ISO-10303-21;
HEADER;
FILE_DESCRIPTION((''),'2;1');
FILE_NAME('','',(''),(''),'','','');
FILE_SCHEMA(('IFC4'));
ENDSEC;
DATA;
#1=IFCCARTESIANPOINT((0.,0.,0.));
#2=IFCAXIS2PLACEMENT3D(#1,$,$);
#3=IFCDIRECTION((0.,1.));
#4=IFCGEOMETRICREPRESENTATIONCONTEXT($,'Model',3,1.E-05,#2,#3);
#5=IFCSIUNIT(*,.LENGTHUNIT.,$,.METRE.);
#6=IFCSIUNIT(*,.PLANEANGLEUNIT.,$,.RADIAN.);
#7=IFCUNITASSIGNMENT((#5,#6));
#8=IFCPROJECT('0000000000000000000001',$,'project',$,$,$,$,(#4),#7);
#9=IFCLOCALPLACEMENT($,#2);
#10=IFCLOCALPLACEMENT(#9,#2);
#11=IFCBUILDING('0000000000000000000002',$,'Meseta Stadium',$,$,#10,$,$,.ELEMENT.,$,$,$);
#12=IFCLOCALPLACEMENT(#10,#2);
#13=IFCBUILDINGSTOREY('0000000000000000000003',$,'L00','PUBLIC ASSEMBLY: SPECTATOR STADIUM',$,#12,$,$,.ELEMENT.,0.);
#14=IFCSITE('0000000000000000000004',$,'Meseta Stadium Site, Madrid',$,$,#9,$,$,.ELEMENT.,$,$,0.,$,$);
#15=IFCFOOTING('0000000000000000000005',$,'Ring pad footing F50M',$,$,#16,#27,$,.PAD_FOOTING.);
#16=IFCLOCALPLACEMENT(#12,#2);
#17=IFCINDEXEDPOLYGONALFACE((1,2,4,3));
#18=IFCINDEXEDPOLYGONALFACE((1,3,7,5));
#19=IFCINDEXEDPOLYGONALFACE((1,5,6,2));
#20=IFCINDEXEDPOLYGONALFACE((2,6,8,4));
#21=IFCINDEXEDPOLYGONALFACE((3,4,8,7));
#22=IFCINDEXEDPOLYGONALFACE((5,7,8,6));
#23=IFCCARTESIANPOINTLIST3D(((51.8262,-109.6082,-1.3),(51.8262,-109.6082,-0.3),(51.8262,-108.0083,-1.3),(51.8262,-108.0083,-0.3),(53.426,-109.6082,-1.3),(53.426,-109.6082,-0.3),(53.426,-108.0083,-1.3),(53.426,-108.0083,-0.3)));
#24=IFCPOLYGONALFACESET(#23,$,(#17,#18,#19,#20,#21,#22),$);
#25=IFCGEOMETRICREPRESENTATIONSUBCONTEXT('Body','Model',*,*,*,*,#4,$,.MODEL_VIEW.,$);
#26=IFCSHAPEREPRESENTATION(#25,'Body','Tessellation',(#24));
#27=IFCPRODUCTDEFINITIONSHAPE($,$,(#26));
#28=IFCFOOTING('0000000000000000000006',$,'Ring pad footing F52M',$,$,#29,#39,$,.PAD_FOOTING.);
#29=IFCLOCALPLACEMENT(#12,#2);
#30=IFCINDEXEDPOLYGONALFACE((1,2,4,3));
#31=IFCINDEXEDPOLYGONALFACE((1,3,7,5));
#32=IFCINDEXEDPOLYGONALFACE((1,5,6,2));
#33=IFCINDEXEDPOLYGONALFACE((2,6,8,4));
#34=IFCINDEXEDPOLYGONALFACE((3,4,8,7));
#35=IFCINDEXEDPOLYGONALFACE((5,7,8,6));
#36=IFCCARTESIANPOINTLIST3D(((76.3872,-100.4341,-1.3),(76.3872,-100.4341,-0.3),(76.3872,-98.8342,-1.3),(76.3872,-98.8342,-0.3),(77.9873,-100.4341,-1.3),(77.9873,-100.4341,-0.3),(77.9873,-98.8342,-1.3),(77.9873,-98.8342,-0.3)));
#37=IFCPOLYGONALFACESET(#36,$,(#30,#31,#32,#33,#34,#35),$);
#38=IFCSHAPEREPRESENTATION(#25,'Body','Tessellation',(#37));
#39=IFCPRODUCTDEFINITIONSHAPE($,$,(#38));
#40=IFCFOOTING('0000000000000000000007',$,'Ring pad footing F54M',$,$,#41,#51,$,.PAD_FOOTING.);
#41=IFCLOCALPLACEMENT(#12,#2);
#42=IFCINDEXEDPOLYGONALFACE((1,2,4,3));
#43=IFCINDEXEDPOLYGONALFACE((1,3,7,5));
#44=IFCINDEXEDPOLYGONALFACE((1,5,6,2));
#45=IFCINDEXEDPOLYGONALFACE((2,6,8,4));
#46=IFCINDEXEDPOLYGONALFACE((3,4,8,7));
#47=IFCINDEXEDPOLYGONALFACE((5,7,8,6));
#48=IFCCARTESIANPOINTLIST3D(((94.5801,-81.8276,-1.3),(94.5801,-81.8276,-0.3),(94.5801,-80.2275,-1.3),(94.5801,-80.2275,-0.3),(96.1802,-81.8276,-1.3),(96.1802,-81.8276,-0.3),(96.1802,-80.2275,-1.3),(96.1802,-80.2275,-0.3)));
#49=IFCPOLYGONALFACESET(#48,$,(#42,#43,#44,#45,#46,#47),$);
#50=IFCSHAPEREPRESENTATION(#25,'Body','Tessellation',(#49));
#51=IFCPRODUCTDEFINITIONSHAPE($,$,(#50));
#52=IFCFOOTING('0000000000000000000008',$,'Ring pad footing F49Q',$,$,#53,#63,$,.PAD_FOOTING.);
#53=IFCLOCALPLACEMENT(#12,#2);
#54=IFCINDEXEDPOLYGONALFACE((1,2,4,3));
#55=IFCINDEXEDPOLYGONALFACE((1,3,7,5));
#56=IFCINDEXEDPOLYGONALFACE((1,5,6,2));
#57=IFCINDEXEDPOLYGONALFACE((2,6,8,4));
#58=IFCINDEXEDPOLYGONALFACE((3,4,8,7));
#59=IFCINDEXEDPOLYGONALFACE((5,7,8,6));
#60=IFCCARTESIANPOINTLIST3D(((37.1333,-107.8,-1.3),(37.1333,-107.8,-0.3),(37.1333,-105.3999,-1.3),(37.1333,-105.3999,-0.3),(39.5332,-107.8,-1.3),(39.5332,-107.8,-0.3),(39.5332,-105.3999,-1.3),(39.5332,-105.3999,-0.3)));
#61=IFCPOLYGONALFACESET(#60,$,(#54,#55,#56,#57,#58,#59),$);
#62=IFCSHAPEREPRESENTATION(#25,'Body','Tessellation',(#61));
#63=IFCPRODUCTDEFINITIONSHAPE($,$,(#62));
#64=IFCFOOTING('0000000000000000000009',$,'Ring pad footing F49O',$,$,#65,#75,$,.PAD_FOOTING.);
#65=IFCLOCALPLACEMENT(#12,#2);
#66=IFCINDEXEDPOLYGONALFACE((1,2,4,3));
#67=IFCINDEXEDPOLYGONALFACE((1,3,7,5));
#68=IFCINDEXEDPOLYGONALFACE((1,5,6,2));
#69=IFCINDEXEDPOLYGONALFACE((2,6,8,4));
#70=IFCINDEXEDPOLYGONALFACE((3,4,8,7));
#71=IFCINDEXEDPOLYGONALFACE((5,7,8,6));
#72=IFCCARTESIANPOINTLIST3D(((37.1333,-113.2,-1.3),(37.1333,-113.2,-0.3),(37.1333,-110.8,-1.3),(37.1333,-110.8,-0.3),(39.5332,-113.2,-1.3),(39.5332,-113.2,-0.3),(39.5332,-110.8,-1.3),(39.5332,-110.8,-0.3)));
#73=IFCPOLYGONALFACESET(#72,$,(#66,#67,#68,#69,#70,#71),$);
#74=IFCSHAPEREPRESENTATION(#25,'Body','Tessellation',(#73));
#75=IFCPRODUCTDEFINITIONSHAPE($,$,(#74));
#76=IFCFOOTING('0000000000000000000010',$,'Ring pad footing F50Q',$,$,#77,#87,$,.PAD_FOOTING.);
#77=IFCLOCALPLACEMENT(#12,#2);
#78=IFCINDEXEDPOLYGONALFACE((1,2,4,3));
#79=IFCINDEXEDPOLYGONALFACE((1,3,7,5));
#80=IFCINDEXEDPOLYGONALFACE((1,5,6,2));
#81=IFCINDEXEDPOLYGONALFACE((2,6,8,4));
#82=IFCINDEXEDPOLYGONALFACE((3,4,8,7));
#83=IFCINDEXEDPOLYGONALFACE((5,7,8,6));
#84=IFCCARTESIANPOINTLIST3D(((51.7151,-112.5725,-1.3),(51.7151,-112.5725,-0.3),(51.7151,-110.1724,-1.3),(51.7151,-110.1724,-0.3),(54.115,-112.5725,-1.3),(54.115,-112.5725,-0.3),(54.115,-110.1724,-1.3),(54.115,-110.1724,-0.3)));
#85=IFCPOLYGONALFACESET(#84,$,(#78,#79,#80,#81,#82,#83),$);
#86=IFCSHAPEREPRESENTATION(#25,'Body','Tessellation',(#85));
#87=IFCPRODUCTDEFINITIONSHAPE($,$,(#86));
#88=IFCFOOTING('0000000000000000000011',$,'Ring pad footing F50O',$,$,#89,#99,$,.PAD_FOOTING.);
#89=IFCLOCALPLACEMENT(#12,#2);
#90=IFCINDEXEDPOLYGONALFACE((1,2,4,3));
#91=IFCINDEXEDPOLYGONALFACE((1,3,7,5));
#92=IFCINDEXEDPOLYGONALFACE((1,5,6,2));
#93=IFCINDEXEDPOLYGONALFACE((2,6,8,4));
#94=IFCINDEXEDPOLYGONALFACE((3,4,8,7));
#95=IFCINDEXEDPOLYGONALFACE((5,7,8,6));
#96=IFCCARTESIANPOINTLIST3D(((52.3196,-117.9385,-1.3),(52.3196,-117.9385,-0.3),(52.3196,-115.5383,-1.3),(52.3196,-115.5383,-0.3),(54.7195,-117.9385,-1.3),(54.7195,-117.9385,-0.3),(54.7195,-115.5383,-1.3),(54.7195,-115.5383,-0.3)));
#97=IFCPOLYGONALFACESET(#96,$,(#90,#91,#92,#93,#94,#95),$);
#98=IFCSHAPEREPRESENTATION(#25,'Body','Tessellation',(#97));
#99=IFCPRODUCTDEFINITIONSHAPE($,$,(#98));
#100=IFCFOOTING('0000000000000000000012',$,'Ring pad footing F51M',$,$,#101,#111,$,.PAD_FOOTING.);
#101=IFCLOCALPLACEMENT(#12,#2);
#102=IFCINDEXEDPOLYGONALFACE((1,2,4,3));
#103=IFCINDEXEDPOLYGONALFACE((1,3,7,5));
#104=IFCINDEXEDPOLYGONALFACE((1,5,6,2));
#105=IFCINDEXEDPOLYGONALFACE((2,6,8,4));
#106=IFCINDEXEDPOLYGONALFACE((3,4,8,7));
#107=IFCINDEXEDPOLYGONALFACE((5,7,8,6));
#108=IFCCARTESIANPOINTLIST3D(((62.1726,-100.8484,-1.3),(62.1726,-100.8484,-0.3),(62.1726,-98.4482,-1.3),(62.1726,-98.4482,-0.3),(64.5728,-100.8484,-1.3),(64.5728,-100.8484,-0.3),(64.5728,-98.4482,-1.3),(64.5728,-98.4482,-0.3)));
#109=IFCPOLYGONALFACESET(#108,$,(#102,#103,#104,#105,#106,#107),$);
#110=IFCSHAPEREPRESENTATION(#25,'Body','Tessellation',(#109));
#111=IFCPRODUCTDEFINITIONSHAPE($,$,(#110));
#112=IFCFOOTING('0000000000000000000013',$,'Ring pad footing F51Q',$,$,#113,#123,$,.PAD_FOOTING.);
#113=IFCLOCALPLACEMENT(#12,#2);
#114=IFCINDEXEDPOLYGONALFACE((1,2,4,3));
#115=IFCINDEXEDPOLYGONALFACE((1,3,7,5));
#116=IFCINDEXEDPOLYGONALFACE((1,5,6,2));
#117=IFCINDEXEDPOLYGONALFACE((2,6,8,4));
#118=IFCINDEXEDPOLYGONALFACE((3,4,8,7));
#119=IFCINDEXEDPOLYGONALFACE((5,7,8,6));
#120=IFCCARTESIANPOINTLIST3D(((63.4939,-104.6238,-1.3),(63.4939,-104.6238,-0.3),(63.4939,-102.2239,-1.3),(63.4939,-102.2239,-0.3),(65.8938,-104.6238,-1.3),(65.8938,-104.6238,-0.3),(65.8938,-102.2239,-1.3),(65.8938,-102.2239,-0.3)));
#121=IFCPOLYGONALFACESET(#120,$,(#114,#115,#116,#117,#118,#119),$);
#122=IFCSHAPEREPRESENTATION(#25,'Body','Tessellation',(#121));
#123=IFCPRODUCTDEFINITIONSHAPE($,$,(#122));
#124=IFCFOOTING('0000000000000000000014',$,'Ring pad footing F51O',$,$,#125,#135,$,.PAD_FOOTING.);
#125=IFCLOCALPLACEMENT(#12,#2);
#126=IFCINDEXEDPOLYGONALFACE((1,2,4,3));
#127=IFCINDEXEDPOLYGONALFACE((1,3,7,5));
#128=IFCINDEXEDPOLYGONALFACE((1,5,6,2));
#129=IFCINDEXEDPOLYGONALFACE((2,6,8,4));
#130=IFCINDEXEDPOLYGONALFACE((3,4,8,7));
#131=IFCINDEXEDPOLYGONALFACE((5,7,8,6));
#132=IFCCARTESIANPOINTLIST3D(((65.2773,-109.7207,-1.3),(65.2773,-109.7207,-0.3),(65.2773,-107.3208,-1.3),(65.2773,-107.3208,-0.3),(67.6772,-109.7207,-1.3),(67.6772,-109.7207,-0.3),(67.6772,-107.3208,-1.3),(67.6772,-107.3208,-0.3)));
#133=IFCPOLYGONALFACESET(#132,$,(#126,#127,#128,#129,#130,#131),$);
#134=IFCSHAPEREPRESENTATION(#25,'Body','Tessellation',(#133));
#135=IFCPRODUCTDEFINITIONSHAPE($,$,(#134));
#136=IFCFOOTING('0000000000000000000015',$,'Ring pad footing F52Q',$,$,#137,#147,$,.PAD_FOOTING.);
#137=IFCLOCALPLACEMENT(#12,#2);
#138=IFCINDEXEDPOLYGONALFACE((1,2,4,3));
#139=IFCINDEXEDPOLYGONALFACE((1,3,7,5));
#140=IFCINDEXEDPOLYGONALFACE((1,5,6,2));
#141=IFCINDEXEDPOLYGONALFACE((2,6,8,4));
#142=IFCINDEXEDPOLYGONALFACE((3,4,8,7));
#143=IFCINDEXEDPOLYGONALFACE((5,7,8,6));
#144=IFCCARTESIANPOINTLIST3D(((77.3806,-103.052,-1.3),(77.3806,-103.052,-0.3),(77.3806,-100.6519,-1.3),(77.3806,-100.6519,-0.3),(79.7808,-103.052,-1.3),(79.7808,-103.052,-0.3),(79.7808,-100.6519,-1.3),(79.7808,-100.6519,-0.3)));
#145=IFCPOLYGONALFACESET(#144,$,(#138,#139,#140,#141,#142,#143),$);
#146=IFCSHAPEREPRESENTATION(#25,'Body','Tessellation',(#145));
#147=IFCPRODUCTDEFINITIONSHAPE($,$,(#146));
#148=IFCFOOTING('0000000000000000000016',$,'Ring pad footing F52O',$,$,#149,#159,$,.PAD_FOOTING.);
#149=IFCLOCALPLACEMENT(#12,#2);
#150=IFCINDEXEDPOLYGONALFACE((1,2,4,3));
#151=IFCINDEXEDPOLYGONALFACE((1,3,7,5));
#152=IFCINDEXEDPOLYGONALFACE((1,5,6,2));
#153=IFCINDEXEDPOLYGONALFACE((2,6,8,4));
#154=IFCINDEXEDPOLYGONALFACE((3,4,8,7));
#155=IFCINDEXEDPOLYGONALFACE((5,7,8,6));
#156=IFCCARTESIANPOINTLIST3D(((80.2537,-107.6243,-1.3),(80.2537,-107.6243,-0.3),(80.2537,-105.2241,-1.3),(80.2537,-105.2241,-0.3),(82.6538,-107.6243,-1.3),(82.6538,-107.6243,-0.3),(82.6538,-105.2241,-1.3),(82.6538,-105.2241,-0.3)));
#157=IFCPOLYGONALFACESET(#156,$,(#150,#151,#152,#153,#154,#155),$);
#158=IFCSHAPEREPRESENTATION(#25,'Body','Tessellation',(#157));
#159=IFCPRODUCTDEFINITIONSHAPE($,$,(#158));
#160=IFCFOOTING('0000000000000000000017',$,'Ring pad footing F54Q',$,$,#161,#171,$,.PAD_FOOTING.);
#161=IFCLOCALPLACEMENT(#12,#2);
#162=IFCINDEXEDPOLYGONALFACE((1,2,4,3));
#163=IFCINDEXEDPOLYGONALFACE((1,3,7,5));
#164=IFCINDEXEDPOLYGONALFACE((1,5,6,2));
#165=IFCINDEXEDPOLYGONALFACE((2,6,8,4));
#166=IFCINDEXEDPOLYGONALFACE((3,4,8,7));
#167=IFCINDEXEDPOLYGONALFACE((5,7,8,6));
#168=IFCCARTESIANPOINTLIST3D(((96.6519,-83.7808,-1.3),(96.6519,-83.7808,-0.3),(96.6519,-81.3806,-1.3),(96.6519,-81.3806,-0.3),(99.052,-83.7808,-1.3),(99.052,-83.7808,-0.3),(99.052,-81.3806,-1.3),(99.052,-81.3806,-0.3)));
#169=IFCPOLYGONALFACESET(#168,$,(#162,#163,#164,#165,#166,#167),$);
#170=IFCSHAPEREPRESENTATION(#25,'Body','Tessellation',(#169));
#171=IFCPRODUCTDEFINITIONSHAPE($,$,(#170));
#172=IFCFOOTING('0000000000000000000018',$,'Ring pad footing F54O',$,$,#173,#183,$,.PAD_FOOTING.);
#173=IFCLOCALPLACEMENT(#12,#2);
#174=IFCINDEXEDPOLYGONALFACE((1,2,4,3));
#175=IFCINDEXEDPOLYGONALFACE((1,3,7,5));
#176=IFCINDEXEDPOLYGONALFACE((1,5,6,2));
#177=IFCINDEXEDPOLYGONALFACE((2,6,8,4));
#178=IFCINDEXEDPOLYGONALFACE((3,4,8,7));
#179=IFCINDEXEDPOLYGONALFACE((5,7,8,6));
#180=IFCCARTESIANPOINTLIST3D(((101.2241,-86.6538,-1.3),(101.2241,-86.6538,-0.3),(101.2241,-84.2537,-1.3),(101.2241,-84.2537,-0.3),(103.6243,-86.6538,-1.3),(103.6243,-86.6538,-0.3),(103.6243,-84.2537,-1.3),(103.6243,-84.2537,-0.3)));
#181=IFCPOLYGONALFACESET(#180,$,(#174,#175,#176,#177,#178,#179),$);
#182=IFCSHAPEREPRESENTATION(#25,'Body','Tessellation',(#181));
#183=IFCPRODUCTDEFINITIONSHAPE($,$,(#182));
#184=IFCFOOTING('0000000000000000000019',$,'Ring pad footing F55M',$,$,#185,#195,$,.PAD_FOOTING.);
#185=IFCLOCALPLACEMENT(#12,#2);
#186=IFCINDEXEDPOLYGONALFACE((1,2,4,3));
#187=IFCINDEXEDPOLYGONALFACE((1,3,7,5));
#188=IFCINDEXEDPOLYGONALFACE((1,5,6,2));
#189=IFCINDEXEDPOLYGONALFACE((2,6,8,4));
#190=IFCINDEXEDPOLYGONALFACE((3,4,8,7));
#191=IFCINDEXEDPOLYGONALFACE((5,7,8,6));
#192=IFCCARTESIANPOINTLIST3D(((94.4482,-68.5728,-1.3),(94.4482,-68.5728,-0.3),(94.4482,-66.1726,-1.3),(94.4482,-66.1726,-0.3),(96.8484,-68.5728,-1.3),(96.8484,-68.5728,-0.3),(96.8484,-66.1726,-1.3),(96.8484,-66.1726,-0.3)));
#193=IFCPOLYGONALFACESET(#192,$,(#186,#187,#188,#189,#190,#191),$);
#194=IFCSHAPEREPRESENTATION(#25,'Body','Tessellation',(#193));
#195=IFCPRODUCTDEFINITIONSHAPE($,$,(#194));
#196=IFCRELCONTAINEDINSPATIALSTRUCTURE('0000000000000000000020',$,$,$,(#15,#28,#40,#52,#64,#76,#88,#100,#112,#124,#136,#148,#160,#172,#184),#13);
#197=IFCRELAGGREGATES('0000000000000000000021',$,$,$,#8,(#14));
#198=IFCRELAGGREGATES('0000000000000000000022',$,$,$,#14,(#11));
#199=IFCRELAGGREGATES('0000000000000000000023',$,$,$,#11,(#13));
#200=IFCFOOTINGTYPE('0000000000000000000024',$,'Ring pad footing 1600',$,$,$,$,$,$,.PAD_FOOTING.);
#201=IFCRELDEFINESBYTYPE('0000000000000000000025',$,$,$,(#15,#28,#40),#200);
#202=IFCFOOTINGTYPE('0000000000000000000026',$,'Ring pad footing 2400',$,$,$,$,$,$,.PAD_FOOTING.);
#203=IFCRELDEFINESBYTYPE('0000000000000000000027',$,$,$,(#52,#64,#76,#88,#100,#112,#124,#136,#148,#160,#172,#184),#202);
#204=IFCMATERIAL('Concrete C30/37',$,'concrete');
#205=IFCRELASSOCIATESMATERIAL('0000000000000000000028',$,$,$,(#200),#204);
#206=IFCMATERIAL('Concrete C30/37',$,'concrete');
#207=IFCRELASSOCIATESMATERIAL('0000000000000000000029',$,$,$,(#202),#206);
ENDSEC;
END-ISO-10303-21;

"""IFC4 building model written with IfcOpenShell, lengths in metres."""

from ifc_helpers import new_model, si_unit, direction, frame, origin, place, context, subcontext, project, spatial, polyline, outline, extrude, material, type_object, element, save


model = new_model("IFC4")

# Units and contexts
model_context = context("Model", 3, precision=1e-05, world=origin(), true_north=direction((0.0, 1.0)))
body_context = subcontext(model_context, "Body", "Model", "MODEL_VIEW")
ifc_project = project(units=[si_unit("LENGTHUNIT", "METRE"), si_unit("PLANEANGLEUNIT", "RADIAN")], contexts=[model_context])

# Site, building, storey
site_placement = place(None, origin())
site = spatial("IfcSite", under=ifc_project, at=site_placement, Name="Meseta Stadium Site, Madrid", CompositionType="ELEMENT", RefElevation=0.0)
building_placement = place(site_placement, origin())
building = spatial("IfcBuilding", under=site, at=building_placement, Name="Meseta Stadium", CompositionType="ELEMENT")
storey_placement = place(building_placement, origin())
storey = spatial("IfcBuildingStorey", under=building, at=storey_placement, Name="L00", Description="PUBLIC ASSEMBLY: SPECTATOR STADIUM", CompositionType="ELEMENT", Elevation=0.0)

# Footings
ifc_material_1 = material(Name="Concrete C30/37", Category="concrete")
footing_type_1 = type_object("IfcFootingType", Name="Ring pad footing 1600", PredefinedType="PAD_FOOTING", material=ifc_material_1)
footing_1_placement = place(storey_placement, frame((0.0, 0.0, -1.3)))
element("IfcFooting", 1, at=footing_1_placement, inside=storey, type_object=footing_type_1, Name="Ring pad footing F50M", PredefinedType="PAD_FOOTING", context=body_context, shape_type="SweptSolid", body=[
    extrude(outline(polyline([(53.426, -109.6082), (53.426, -108.0083), (51.8262, -108.0083), (51.8262, -109.6082), (53.426, -109.6082)])), origin(), (0.0, 0.0, 1.0), 1.0),
])
footing_2_placement = place(storey_placement, frame((0.0, 0.0, -1.3)))
element("IfcFooting", 2, at=footing_2_placement, inside=storey, type_object=footing_type_1, Name="Ring pad footing F52M", PredefinedType="PAD_FOOTING", context=body_context, shape_type="SweptSolid", body=[
    extrude(outline(polyline([(77.9873, -100.4341), (77.9873, -98.8342), (76.3872, -98.8342), (76.3872, -100.4341), (77.9873, -100.4341)])), origin(), (0.0, 0.0, 1.0), 1.0),
])
footing_3_placement = place(storey_placement, frame((0.0, 0.0, -1.3)))
element("IfcFooting", 3, at=footing_3_placement, inside=storey, type_object=footing_type_1, Name="Ring pad footing F54M", PredefinedType="PAD_FOOTING", context=body_context, shape_type="SweptSolid", body=[
    extrude(outline(polyline([(96.1802, -81.8276), (96.1802, -80.2275), (94.5801, -80.2275), (94.5801, -81.8276), (96.1802, -81.8276)])), origin(), (0.0, 0.0, 1.0), 1.0),
])
ifc_material_2 = material(Name="Concrete C30/37", Category="concrete")
footing_type_2 = type_object("IfcFootingType", Name="Ring pad footing 2400", PredefinedType="PAD_FOOTING", material=ifc_material_2)
footing_4_placement = place(storey_placement, frame((0.0, 0.0, -1.3)))
element("IfcFooting", 4, at=footing_4_placement, inside=storey, type_object=footing_type_2, Name="Ring pad footing F49Q", PredefinedType="PAD_FOOTING", context=body_context, shape_type="SweptSolid", body=[
    extrude(outline(polyline([(39.5332, -107.8), (39.5332, -105.3999), (37.1333, -105.3999), (37.1333, -107.8), (39.5332, -107.8)])), origin(), (0.0, 0.0, 1.0), 1.0),
])
footing_5_placement = place(storey_placement, frame((0.0, 0.0, -1.3)))
element("IfcFooting", 5, at=footing_5_placement, inside=storey, type_object=footing_type_2, Name="Ring pad footing F49O", PredefinedType="PAD_FOOTING", context=body_context, shape_type="SweptSolid", body=[
    extrude(outline(polyline([(39.5332, -113.2), (39.5332, -110.8), (37.1333, -110.8), (37.1333, -113.2), (39.5332, -113.2)])), origin(), (0.0, 0.0, 1.0), 1.0),
])
footing_6_placement = place(storey_placement, frame((0.0, 0.0, -1.3)))
element("IfcFooting", 6, at=footing_6_placement, inside=storey, type_object=footing_type_2, Name="Ring pad footing F50Q", PredefinedType="PAD_FOOTING", context=body_context, shape_type="SweptSolid", body=[
    extrude(outline(polyline([(54.115, -112.5725), (54.115, -110.1724), (51.7151, -110.1724), (51.7151, -112.5725), (54.115, -112.5725)])), origin(), (0.0, 0.0, 1.0), 1.0),
])
footing_7_placement = place(storey_placement, frame((0.0, 0.0, -1.3)))
element("IfcFooting", 7, at=footing_7_placement, inside=storey, type_object=footing_type_2, Name="Ring pad footing F50O", PredefinedType="PAD_FOOTING", context=body_context, shape_type="SweptSolid", body=[
    extrude(outline(polyline([(54.7195, -117.9385), (54.7195, -115.5383), (52.3196, -115.5383), (52.3196, -117.9385), (54.7195, -117.9385)])), origin(), (0.0, 0.0, 1.0), 1.0),
])
footing_8_placement = place(storey_placement, frame((0.0, 0.0, -1.3)))
element("IfcFooting", 8, at=footing_8_placement, inside=storey, type_object=footing_type_2, Name="Ring pad footing F51M", PredefinedType="PAD_FOOTING", context=body_context, shape_type="SweptSolid", body=[
    extrude(outline(polyline([(64.5728, -100.8484), (64.5728, -98.4482), (62.1726, -98.4482), (62.1726, -100.8484), (64.5728, -100.8484)])), origin(), (0.0, 0.0, 1.0), 1.0),
])
footing_9_placement = place(storey_placement, frame((0.0, 0.0, -1.3)))
element("IfcFooting", 9, at=footing_9_placement, inside=storey, type_object=footing_type_2, Name="Ring pad footing F51Q", PredefinedType="PAD_FOOTING", context=body_context, shape_type="SweptSolid", body=[
    extrude(outline(polyline([(65.8938, -104.6238), (65.8938, -102.2239), (63.4939, -102.2239), (63.4939, -104.6238), (65.8938, -104.6238)])), origin(), (0.0, 0.0, 1.0), 1.0),
])
footing_10_placement = place(storey_placement, frame((0.0, 0.0, -1.3)))
element("IfcFooting", 10, at=footing_10_placement, inside=storey, type_object=footing_type_2, Name="Ring pad footing F51O", PredefinedType="PAD_FOOTING", context=body_context, shape_type="SweptSolid", body=[
    extrude(outline(polyline([(67.6772, -109.7207), (67.6772, -107.3208), (65.2773, -107.3208), (65.2773, -109.7207), (67.6772, -109.7207)])), origin(), (0.0, 0.0, 1.0), 1.0),
])
footing_11_placement = place(storey_placement, frame((0.0, 0.0, -1.3)))
element("IfcFooting", 11, at=footing_11_placement, inside=storey, type_object=footing_type_2, Name="Ring pad footing F52Q", PredefinedType="PAD_FOOTING", context=body_context, shape_type="SweptSolid", body=[
    extrude(outline(polyline([(79.7808, -103.052), (79.7808, -100.6519), (77.3806, -100.6519), (77.3806, -103.052), (79.7808, -103.052)])), origin(), (0.0, 0.0, 1.0), 1.0),
])
footing_12_placement = place(storey_placement, frame((0.0, 0.0, -1.3)))
element("IfcFooting", 12, at=footing_12_placement, inside=storey, type_object=footing_type_2, Name="Ring pad footing F52O", PredefinedType="PAD_FOOTING", context=body_context, shape_type="SweptSolid", body=[
    extrude(outline(polyline([(82.6538, -107.6243), (82.6538, -105.2241), (80.2537, -105.2241), (80.2537, -107.6243), (82.6538, -107.6243)])), origin(), (0.0, 0.0, 1.0), 1.0),
])
footing_13_placement = place(storey_placement, frame((0.0, 0.0, -1.3)))
element("IfcFooting", 13, at=footing_13_placement, inside=storey, type_object=footing_type_2, Name="Ring pad footing F54Q", PredefinedType="PAD_FOOTING", context=body_context, shape_type="SweptSolid", body=[
    extrude(outline(polyline([(99.052, -83.7808), (99.052, -81.3806), (96.6519, -81.3806), (96.6519, -83.7808), (99.052, -83.7808)])), origin(), (0.0, 0.0, 1.0), 1.0),
])
footing_14_placement = place(storey_placement, frame((0.0, 0.0, -1.3)))
element("IfcFooting", 14, at=footing_14_placement, inside=storey, type_object=footing_type_2, Name="Ring pad footing F54O", PredefinedType="PAD_FOOTING", context=body_context, shape_type="SweptSolid", body=[
    extrude(outline(polyline([(103.6243, -86.6538), (103.6243, -84.2537), (101.2241, -84.2537), (101.2241, -86.6538), (103.6243, -86.6538)])), origin(), (0.0, 0.0, 1.0), 1.0),
])
footing_15_placement = place(storey_placement, frame((0.0, 0.0, -1.3)))
element("IfcFooting", 15, at=footing_15_placement, inside=storey, type_object=footing_type_2, Name="Ring pad footing F55M", PredefinedType="PAD_FOOTING", context=body_context, shape_type="SweptSolid", body=[
    extrude(outline(polyline([(96.8484, -68.5728), (96.8484, -66.1726), (94.4482, -66.1726), (94.4482, -68.5728), (96.8484, -68.5728)])), origin(), (0.0, 0.0, 1.0), 1.0),
])

save(model, "model.ifc")
